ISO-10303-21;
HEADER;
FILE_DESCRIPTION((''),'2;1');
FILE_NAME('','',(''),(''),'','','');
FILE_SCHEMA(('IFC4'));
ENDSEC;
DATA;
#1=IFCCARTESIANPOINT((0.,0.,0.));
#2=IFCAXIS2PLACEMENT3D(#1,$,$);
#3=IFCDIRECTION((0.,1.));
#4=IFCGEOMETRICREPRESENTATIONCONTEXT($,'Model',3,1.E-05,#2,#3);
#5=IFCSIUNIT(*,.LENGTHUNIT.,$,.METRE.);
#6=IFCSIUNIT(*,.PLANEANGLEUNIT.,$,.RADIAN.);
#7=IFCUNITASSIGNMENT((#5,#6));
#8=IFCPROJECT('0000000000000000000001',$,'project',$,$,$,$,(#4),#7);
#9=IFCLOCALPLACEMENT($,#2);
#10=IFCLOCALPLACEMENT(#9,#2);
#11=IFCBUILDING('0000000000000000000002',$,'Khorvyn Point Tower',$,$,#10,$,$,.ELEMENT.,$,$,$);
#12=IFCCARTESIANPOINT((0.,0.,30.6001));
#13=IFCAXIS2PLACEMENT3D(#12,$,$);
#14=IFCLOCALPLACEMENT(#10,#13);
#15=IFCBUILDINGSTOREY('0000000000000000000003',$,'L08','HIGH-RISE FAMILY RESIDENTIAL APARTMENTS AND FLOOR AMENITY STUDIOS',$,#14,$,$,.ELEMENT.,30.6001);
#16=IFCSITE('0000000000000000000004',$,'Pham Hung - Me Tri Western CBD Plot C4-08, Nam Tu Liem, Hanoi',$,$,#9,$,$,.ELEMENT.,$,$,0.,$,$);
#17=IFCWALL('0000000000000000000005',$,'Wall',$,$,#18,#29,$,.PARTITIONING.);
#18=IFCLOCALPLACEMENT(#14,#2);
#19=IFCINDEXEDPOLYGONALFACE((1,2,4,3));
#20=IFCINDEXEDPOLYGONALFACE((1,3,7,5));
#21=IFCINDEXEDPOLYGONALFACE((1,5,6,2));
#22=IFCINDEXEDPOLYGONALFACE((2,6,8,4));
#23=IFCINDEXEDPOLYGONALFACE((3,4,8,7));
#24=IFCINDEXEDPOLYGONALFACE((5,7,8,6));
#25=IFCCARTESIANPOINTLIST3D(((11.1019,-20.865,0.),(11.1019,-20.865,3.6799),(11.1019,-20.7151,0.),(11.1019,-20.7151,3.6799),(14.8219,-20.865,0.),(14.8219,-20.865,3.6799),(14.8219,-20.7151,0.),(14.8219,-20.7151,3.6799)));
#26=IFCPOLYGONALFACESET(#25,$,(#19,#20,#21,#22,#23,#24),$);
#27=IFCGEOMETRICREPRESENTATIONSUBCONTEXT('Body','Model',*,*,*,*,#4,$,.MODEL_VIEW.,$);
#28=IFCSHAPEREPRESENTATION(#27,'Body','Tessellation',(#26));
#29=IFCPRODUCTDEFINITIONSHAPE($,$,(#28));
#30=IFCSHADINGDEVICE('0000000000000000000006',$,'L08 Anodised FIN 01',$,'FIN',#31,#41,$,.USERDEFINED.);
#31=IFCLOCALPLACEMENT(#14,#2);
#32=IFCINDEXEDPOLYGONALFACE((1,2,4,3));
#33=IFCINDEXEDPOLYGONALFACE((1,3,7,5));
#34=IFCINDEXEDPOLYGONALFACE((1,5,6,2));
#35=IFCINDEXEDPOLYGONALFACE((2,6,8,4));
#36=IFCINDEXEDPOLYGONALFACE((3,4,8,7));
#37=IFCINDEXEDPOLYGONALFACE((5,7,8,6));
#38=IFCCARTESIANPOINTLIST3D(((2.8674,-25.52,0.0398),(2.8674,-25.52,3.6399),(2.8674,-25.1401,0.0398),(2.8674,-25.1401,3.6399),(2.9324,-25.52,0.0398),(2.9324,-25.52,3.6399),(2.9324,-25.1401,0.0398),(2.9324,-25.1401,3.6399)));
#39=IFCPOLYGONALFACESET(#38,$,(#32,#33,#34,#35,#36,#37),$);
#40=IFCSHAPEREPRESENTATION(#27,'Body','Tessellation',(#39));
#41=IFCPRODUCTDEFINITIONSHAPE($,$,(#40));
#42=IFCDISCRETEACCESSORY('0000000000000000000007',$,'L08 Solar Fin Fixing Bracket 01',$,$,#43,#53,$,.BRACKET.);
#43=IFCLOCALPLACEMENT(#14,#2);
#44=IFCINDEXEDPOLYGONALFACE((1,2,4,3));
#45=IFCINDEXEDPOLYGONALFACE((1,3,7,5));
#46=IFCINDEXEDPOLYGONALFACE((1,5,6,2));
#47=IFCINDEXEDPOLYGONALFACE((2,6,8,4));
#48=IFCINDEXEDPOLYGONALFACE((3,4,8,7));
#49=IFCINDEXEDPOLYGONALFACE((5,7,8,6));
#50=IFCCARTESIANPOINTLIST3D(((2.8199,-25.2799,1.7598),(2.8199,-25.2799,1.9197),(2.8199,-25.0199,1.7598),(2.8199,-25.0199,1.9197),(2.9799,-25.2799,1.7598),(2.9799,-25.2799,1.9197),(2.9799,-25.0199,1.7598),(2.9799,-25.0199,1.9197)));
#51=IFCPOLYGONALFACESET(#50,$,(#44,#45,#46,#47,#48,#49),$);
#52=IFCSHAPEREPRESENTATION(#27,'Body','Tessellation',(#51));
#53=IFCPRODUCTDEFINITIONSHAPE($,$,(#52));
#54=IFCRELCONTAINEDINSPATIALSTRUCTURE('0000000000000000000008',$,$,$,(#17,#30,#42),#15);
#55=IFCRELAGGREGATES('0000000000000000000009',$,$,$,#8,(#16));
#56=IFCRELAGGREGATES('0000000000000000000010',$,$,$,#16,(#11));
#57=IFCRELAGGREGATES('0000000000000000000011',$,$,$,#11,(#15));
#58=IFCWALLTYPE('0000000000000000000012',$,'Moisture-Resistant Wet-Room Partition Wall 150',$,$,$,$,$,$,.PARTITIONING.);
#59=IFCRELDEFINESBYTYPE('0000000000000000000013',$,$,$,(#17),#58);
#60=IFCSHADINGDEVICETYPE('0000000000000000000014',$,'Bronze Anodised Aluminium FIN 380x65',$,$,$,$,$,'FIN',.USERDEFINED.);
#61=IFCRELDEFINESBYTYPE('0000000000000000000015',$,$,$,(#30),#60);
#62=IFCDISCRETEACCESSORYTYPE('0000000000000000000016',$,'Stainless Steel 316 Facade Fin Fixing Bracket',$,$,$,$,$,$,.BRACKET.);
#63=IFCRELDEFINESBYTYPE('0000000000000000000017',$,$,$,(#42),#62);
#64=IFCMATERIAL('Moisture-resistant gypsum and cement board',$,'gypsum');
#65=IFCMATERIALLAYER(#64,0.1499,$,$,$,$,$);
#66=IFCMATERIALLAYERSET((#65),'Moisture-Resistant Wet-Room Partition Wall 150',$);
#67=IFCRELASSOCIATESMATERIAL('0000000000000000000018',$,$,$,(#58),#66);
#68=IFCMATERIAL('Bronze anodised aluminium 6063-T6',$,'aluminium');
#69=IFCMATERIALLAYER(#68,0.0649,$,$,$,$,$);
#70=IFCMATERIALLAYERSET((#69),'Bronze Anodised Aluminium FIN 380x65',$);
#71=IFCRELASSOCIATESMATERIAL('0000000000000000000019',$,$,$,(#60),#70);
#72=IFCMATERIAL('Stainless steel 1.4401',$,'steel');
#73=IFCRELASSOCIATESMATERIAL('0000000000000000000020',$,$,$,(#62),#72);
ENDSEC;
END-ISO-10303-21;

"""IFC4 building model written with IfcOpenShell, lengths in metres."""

from ifc_helpers import new_model, si_unit, direction, frame, frame_2d, origin, origin_2d, place, context, subcontext, project, spatial, rectangle, extrude, material, layer, layer_set, type_object, element, save


model = new_model("IFC4")

# Units and contexts
model_context = context("Model", 3, precision=1e-05, world=origin(), true_north=direction((0.0, 1.0)))
body_context = subcontext(model_context, "Body", "Model", "MODEL_VIEW")
ifc_project = project(units=[si_unit("LENGTHUNIT", "METRE"), si_unit("PLANEANGLEUNIT", "RADIAN")], contexts=[model_context])

# Site, building, storey
site_placement = place(None, origin())
site = spatial("IfcSite", under=ifc_project, at=site_placement, Name="Pham Hung - Me Tri Western CBD Plot C4-08, Nam Tu Liem, Hanoi", CompositionType="ELEMENT", RefElevation=0.0)
building_placement = place(site_placement, origin())
building = spatial("IfcBuilding", under=site, at=building_placement, Name="Khorvyn Point Tower", CompositionType="ELEMENT")
storey_placement = place(building_placement, frame((0.0, 0.0, 30.6001)))
storey = spatial("IfcBuildingStorey", under=building, at=storey_placement, Name="L08", Description="HIGH-RISE FAMILY RESIDENTIAL APARTMENTS AND FLOOR AMENITY STUDIOS", CompositionType="ELEMENT", Elevation=30.6001)

# Shared definitions
ifc_material_1 = material(Name="Moisture-resistant gypsum and cement board", Category="gypsum")
ifc_layer_1 = layer(ifc_material_1, 0.1499)
ifc_layer_set_1 = layer_set([ifc_layer_1], Name="Moisture-Resistant Wet-Room Partition Wall 150")
wall_type_1 = type_object("IfcWallType", Name="Moisture-Resistant Wet-Room Partition Wall 150", PredefinedType="PARTITIONING", material=ifc_layer_set_1)

# Wall
wall_1_placement = place(storey_placement, frame((11.1021, -20.79, 0.0), z_axis=(0.0, 0.0, 1.0), x_axis=(1.0, 0.0, 0.0)))
element("IfcWall", 1, at=wall_1_placement, inside=storey, type_object=wall_type_1, Name="Wall", PredefinedType="PARTITIONING", context=body_context, shape_type="SweptSolid", body=[
    extrude(rectangle(XDim=3.72, YDim=0.1499, at=frame_2d((1.8599, 0.0))), origin(), (0.0, 0.0, 1.0), 3.6799),
])

# Shading device
ifc_material_2 = material(Name="Bronze anodised aluminium 6063-T6", Category="aluminium")
ifc_layer_2 = layer(ifc_material_2, 0.0649)
ifc_layer_set_2 = layer_set([ifc_layer_2], Name="Bronze Anodised Aluminium FIN 380x65")
shading_device_type = type_object("IfcShadingDeviceType", Name="Bronze Anodised Aluminium FIN 380x65", ElementType="FIN", PredefinedType="USERDEFINED", material=ifc_layer_set_2)
shading_device_placement = place(storey_placement, frame((2.8999, -25.3301, 0.0398), z_axis=(0.0, 0.0, 1.0), x_axis=(0.0, -1.0, 0.0)))
element("IfcShadingDevice", 2, at=shading_device_placement, inside=storey, type_object=shading_device_type, Name="L08 Anodised FIN 01", ObjectType="FIN", PredefinedType="USERDEFINED", context=body_context, shape_type="SweptSolid", body=[
    extrude(rectangle(XDim=0.3799, YDim=0.0649, at=origin_2d()), origin(), (0.0, 0.0, 1.0), 3.6001),
])

# Discrete accessory
ifc_material_3 = material(Name="Stainless steel 1.4401", Category="steel")
discrete_accessory_type = type_object("IfcDiscreteAccessoryType", Name="Stainless Steel 316 Facade Fin Fixing Bracket", PredefinedType="BRACKET", material=ifc_material_3)
discrete_accessory_placement = place(storey_placement, frame((2.8999, -25.1499, 1.7598), z_axis=(0.0, 0.0, 1.0), x_axis=(-1.0, 0.0, 0.0)))
element("IfcDiscreteAccessory", 3, at=discrete_accessory_placement, inside=storey, type_object=discrete_accessory_type, Name="L08 Solar Fin Fixing Bracket 01", PredefinedType="BRACKET", context=body_context, shape_type="SweptSolid", body=[
    extrude(rectangle(XDim=0.1599, YDim=0.26, at=origin_2d()), origin(), (0.0, 0.0, 1.0), 0.1599),
])

save(model, "model.ifc")
